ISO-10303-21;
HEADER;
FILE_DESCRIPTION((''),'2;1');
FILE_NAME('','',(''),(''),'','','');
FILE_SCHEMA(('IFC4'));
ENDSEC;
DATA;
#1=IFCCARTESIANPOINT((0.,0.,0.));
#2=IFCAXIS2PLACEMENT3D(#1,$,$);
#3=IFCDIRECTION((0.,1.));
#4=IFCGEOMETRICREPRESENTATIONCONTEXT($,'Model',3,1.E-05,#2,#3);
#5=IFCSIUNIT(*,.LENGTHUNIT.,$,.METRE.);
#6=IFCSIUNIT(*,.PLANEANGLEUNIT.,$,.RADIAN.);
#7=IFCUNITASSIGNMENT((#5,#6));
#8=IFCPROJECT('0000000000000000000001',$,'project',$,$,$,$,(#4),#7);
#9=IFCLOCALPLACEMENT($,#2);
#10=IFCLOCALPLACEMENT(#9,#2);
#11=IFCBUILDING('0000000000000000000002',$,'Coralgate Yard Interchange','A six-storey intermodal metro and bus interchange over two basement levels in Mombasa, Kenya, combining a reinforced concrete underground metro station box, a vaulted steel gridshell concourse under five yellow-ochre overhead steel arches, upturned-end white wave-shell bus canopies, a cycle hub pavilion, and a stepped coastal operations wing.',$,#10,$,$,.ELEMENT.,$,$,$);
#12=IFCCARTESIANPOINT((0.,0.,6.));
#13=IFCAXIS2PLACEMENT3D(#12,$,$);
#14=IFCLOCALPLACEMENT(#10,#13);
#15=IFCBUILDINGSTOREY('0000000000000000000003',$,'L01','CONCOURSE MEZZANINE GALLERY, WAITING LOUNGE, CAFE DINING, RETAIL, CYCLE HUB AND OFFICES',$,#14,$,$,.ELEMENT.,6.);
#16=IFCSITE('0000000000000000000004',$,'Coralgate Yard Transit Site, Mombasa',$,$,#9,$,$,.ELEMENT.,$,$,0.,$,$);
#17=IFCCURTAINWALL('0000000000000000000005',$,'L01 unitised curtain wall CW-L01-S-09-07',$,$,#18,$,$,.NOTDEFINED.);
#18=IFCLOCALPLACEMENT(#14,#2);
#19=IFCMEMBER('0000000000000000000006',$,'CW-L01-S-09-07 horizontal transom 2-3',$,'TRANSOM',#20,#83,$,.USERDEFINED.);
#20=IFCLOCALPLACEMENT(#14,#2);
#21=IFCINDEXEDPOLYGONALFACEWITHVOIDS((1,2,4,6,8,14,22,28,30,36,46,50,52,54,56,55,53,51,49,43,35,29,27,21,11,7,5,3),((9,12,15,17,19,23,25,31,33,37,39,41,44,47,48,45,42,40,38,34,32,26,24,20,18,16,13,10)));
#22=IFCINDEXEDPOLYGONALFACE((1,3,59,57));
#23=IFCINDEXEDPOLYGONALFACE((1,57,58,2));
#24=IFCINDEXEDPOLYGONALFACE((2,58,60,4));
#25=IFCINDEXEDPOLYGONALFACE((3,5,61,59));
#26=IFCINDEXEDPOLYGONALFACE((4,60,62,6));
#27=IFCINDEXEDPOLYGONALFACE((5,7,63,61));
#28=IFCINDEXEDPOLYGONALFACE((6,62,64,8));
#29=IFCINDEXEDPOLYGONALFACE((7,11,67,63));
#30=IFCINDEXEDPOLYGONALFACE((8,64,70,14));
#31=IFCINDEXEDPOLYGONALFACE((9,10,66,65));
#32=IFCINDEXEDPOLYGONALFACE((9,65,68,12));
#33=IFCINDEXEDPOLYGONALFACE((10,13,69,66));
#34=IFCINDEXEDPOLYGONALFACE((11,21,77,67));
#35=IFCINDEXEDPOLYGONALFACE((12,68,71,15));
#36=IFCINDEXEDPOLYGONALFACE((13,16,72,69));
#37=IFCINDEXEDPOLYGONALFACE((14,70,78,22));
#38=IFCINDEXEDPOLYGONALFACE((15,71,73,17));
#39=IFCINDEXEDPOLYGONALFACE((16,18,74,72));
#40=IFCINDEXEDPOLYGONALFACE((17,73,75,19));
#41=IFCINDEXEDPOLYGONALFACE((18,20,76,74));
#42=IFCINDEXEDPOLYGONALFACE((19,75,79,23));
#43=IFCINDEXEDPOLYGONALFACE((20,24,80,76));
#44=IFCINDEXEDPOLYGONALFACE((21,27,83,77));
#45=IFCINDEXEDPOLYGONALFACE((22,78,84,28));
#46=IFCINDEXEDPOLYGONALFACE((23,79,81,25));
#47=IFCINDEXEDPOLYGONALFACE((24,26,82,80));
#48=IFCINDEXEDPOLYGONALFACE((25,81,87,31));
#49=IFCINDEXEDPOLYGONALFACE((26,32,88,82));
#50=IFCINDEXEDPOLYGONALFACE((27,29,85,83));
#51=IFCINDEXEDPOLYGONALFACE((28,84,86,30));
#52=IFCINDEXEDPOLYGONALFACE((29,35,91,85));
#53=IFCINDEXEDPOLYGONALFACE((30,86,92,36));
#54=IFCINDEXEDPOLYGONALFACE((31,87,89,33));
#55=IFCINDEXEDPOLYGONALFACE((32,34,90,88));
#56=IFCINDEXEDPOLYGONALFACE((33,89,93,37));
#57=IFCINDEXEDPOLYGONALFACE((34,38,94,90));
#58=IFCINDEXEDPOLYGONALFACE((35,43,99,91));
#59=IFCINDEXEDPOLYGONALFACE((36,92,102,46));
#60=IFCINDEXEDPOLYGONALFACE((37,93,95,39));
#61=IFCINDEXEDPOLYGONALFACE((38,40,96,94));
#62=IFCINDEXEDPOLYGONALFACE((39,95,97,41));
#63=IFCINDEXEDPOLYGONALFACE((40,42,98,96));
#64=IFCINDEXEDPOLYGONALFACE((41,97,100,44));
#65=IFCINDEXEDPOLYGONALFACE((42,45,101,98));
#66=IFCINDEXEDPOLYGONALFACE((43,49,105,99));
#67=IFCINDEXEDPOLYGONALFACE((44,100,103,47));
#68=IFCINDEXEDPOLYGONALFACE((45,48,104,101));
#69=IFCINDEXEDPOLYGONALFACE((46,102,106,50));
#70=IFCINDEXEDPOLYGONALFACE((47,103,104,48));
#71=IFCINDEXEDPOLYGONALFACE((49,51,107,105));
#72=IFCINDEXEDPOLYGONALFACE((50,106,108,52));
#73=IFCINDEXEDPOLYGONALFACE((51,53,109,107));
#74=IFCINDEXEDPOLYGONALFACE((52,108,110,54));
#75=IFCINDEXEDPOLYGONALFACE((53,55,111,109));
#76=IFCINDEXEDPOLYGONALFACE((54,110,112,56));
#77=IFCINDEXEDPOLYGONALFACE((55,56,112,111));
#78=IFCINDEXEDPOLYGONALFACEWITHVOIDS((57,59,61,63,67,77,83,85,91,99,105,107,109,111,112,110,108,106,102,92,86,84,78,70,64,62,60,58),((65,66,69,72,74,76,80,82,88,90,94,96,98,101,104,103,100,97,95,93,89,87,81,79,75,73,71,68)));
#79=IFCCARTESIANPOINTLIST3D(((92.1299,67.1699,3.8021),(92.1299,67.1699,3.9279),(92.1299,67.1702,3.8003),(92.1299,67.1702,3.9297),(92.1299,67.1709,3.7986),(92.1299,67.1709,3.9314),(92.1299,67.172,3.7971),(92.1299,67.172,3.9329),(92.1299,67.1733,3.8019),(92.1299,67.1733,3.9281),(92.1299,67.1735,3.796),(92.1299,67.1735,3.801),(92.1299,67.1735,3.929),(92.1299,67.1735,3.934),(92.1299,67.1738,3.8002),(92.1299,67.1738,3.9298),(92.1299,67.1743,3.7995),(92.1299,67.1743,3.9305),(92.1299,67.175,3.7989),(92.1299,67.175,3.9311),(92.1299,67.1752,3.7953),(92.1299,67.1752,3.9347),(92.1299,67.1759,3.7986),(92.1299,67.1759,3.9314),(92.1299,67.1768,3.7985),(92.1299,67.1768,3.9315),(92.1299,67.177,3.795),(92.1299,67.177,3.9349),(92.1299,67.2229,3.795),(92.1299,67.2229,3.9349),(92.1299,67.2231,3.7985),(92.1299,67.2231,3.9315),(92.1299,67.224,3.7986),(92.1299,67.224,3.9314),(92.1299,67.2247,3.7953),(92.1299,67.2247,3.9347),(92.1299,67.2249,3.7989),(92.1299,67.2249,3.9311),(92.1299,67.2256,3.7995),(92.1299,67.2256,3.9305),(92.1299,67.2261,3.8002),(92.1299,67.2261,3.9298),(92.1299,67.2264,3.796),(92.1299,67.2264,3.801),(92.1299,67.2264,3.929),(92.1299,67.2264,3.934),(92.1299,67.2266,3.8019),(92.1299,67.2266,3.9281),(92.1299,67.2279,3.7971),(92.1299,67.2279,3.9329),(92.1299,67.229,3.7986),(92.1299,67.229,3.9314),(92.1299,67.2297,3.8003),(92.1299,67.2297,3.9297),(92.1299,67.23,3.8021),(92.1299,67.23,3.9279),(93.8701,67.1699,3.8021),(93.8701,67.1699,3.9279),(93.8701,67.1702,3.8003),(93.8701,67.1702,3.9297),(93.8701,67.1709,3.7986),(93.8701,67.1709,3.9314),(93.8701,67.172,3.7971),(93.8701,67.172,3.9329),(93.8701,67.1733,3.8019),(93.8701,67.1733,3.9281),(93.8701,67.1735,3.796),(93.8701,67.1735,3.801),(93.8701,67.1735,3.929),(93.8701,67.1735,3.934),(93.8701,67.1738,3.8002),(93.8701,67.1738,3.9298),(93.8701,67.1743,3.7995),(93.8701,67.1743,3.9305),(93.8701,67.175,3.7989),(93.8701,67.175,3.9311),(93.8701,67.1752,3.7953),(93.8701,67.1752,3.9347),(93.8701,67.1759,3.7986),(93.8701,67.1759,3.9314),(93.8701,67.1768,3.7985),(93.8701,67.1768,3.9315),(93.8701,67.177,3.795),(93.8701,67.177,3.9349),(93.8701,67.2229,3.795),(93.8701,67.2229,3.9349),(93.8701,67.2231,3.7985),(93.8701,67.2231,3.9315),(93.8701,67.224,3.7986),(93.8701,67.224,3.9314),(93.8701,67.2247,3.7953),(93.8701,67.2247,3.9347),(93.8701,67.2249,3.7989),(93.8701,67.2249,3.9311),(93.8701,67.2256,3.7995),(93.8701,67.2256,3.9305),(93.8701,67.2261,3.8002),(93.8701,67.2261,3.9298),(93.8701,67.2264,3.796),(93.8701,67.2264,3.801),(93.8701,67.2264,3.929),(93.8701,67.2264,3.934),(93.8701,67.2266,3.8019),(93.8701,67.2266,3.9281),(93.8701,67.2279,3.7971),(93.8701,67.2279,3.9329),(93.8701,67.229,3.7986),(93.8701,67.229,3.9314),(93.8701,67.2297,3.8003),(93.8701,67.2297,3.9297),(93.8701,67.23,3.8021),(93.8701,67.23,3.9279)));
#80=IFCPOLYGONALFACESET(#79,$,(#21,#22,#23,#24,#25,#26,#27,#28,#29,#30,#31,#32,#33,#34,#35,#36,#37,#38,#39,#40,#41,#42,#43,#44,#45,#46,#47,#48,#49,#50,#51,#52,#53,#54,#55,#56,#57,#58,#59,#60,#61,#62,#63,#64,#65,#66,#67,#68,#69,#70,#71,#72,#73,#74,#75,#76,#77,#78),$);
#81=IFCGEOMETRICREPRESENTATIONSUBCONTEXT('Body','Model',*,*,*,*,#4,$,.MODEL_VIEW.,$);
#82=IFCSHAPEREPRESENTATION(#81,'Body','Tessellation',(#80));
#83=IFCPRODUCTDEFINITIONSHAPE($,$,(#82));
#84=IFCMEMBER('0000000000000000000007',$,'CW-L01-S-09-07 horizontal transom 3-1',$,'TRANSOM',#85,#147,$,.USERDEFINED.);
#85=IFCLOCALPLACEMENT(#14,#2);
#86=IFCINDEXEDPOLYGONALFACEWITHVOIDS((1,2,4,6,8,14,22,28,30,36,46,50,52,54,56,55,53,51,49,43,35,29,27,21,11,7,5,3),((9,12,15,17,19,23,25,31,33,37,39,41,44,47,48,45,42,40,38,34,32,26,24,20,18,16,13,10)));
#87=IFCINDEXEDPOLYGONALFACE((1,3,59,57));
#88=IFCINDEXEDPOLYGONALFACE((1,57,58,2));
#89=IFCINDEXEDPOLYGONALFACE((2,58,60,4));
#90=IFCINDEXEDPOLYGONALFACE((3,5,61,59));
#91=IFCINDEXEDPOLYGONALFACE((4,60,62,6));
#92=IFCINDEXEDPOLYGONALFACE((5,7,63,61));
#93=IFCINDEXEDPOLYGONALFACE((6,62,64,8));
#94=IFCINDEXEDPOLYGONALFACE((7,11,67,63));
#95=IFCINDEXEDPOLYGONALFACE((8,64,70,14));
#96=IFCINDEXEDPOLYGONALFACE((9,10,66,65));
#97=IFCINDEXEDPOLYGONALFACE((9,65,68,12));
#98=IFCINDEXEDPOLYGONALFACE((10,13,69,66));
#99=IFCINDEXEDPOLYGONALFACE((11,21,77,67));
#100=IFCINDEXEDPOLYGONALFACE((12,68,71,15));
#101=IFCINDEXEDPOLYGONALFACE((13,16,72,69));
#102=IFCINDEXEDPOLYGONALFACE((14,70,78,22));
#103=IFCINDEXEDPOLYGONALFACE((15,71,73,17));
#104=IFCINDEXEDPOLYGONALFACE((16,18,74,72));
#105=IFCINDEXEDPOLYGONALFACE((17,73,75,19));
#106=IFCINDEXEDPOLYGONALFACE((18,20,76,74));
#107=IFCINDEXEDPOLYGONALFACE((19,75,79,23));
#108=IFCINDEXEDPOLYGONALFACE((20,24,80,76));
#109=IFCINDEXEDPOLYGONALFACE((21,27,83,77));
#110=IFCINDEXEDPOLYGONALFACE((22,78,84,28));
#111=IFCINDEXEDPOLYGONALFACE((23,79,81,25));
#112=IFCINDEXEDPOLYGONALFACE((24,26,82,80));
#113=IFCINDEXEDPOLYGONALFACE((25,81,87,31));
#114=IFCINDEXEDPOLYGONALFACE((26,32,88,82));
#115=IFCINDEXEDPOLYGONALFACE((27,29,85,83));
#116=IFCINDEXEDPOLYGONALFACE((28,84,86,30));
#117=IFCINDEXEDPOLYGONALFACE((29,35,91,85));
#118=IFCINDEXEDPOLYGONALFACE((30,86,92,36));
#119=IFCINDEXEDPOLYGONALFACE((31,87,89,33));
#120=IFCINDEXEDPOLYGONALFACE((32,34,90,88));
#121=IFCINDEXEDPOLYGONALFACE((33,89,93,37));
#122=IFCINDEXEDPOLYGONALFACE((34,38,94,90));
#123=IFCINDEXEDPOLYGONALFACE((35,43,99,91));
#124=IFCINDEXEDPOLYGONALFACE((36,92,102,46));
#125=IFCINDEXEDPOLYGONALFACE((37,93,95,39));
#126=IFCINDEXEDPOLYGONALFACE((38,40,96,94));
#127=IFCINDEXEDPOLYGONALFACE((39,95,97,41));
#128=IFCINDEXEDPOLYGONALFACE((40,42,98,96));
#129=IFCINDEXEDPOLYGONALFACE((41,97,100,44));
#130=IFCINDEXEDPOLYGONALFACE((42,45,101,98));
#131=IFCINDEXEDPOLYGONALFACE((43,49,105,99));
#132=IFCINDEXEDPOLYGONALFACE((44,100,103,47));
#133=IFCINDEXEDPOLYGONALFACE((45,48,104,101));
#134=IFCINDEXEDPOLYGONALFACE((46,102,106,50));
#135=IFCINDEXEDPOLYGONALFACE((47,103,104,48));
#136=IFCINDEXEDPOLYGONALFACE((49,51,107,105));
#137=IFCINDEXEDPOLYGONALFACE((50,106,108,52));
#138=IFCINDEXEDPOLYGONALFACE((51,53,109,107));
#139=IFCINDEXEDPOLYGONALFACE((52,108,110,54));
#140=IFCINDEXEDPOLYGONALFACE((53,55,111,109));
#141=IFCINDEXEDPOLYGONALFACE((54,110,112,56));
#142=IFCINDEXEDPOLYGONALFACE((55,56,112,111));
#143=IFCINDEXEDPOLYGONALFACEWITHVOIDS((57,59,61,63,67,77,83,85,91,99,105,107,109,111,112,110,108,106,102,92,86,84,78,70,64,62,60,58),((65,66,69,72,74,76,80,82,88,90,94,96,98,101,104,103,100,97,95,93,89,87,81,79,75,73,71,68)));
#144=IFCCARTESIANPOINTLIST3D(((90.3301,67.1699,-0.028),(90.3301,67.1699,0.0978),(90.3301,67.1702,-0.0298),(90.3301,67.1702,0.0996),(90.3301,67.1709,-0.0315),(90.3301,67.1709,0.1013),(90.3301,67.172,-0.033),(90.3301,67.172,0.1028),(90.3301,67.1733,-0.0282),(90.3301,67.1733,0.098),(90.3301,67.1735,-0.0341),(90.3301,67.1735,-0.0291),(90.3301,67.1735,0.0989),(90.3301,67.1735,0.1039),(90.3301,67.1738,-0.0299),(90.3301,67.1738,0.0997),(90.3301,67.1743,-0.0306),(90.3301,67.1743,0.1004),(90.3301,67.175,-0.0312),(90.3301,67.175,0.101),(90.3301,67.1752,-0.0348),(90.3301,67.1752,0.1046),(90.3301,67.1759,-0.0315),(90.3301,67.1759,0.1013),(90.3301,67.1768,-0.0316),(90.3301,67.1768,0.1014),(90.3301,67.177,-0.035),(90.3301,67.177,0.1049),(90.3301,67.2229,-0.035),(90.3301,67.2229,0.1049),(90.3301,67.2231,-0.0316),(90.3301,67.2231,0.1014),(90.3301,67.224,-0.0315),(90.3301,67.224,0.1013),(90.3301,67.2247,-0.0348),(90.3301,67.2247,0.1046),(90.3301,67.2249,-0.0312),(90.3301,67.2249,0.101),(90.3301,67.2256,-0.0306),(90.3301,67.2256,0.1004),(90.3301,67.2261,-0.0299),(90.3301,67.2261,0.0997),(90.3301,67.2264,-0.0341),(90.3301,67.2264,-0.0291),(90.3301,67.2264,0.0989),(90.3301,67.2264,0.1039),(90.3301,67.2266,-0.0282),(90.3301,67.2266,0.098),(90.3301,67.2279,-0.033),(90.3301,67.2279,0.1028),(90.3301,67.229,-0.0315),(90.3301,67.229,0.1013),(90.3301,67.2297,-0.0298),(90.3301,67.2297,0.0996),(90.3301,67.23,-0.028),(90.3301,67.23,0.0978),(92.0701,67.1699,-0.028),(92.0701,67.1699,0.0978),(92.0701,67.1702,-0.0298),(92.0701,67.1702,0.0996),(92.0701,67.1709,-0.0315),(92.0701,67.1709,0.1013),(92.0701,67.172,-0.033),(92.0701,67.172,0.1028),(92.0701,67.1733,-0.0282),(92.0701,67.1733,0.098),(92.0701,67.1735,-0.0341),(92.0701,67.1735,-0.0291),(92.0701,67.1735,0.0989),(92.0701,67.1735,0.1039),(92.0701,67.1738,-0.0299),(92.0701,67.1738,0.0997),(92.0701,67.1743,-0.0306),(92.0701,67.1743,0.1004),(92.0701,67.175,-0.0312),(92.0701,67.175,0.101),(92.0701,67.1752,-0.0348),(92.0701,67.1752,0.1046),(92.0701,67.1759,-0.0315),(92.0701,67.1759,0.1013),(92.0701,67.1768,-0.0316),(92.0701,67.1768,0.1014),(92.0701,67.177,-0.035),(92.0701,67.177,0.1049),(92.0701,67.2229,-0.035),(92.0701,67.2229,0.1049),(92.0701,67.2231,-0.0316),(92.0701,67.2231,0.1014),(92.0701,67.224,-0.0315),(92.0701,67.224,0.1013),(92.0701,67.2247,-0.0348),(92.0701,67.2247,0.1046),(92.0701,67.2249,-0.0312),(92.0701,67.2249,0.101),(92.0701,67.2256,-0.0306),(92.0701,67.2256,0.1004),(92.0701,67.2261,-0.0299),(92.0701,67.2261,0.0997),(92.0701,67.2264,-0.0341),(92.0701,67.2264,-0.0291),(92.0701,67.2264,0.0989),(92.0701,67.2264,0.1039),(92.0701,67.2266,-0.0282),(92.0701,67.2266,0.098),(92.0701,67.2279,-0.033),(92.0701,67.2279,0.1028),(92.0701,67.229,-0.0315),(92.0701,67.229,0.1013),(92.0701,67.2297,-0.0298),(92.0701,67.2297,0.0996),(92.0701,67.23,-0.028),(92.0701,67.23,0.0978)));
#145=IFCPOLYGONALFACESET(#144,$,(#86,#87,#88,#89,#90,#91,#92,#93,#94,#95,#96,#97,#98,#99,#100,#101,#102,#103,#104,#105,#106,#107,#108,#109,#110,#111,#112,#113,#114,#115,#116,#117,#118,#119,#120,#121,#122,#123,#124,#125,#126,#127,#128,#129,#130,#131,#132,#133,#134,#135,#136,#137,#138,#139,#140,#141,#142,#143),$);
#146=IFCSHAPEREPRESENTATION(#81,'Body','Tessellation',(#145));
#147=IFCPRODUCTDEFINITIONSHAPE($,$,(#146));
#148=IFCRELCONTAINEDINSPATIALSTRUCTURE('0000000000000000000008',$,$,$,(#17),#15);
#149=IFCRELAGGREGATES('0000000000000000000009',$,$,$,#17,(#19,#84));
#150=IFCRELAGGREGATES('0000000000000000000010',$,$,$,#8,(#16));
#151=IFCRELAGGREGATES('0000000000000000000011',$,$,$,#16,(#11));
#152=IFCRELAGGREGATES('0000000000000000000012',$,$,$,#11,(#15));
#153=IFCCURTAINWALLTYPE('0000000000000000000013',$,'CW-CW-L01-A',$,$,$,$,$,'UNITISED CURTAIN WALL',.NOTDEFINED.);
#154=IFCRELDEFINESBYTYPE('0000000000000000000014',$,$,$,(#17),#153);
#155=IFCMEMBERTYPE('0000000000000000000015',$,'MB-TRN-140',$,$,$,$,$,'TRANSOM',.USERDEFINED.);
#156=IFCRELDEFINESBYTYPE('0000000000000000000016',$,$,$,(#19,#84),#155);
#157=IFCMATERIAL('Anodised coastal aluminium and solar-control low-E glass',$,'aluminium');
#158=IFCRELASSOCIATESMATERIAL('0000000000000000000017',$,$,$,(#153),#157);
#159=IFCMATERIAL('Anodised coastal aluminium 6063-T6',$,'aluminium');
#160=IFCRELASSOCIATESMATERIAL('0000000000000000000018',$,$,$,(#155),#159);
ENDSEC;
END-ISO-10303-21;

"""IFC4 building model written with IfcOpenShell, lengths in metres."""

from ifc_helpers import new_model, si_unit, direction, frame, origin, origin_2d, place, context, subcontext, project, spatial, hollow_rectangle, extrude, material, material_profile, profile_set, type_object, element, aggregate, save


model = new_model("IFC4")

# Units and contexts
model_context = context("Model", 3, precision=1e-05, world=origin(), true_north=direction((0.0, 1.0)))
body_context = subcontext(model_context, "Body", "Model", "MODEL_VIEW")
ifc_project = project(units=[si_unit("LENGTHUNIT", "METRE"), si_unit("PLANEANGLEUNIT", "RADIAN")], contexts=[model_context])

# Site, building, storey
site_placement = place(None, origin())
site = spatial("IfcSite", under=ifc_project, at=site_placement, Name="Coralgate Yard Transit Site, Mombasa", CompositionType="ELEMENT", RefElevation=0.0)
building_placement = place(site_placement, origin())
building = spatial("IfcBuilding", under=site, at=building_placement, Name="Coralgate Yard Interchange", Description="A six-storey intermodal metro and bus interchange over two basement levels in Mombasa, Kenya, combining a reinforced concrete underground metro station box, a vaulted steel gridshell concourse under five yellow-ochre overhead steel arches, upturned-end white wave-shell bus canopies, a cycle hub pavilion, and a stepped coastal operations wing.", CompositionType="ELEMENT")
storey_placement = place(building_placement, frame((0.0, 0.0, 6.0)))
storey = spatial("IfcBuildingStorey", under=building, at=storey_placement, Name="L01", Description="CONCOURSE MEZZANINE GALLERY, WAITING LOUNGE, CAFE DINING, RETAIL, CYCLE HUB AND OFFICES", CompositionType="ELEMENT", Elevation=6.0)

# Curtain wall, members
ifc_material_1 = material(Name="Anodised coastal aluminium and solar-control low-E glass", Category="aluminium")
curtain_wall_type = type_object("IfcCurtainWallType", Name="CW-CW-L01-A", ElementType="UNITISED CURTAIN WALL", PredefinedType="NOTDEFINED", material=ifc_material_1)
curtain_wall_placement = place(storey_placement, origin())
curtain_wall = element("IfcCurtainWall", 1, at=curtain_wall_placement, inside=storey, type_object=curtain_wall_type, Name="L01 unitised curtain wall CW-L01-S-09-07", PredefinedType="NOTDEFINED")
ifc_material_2 = material(Name="Anodised coastal aluminium 6063-T6", Category="aluminium")
ifc_material_profile_1 = material_profile(ifc_material_2, hollow_rectangle(XDim=0.0601, YDim=0.1399, WallThickness=0.0034, InnerFilletRadius=0.0034, OuterFilletRadius=0.0071, at=origin_2d()), Name="ALU 60x140x3.5")
ifc_profile_set_1 = profile_set([ifc_material_profile_1], Name="Anodised coastal aluminium 6063-T6")
member_type_1 = type_object("IfcMemberType", Name="MB-TRN-140", ElementType="TRANSOM", PredefinedType="USERDEFINED", material=ifc_profile_set_1)
member_1_placement = place(storey_placement, frame((93.8701, 67.2, 3.865), z_axis=(-1.0, 0.0, 0.0), x_axis=(0.0, -1.0, 0.0)))
member_1 = element("IfcMember", 2, at=member_1_placement, type_object=member_type_1, Name="CW-L01-S-09-07 horizontal transom 2-3", ObjectType="TRANSOM", PredefinedType="USERDEFINED", context=body_context, shape_type="SweptSolid", body=[
    extrude(hollow_rectangle(XDim=0.0601, YDim=0.1399, WallThickness=0.0034, InnerFilletRadius=0.0034, OuterFilletRadius=0.0071, at=origin_2d()), origin(), (0.0, 0.0, 1.0), 1.7402),
])
member_2_placement = place(storey_placement, frame((92.0701, 67.2, 0.0349), z_axis=(-1.0, 0.0, 0.0), x_axis=(0.0, -1.0, 0.0)))
member_2 = element("IfcMember", 3, at=member_2_placement, type_object=member_type_1, Name="CW-L01-S-09-07 horizontal transom 3-1", ObjectType="TRANSOM", PredefinedType="USERDEFINED", context=body_context, shape_type="SweptSolid", body=[
    extrude(hollow_rectangle(XDim=0.0601, YDim=0.1399, WallThickness=0.0034, InnerFilletRadius=0.0034, OuterFilletRadius=0.0071, at=origin_2d()), origin(), (0.0, 0.0, 1.0), 1.74),
])
aggregate(curtain_wall, [member_1, member_2])

save(model, "model.ifc")
